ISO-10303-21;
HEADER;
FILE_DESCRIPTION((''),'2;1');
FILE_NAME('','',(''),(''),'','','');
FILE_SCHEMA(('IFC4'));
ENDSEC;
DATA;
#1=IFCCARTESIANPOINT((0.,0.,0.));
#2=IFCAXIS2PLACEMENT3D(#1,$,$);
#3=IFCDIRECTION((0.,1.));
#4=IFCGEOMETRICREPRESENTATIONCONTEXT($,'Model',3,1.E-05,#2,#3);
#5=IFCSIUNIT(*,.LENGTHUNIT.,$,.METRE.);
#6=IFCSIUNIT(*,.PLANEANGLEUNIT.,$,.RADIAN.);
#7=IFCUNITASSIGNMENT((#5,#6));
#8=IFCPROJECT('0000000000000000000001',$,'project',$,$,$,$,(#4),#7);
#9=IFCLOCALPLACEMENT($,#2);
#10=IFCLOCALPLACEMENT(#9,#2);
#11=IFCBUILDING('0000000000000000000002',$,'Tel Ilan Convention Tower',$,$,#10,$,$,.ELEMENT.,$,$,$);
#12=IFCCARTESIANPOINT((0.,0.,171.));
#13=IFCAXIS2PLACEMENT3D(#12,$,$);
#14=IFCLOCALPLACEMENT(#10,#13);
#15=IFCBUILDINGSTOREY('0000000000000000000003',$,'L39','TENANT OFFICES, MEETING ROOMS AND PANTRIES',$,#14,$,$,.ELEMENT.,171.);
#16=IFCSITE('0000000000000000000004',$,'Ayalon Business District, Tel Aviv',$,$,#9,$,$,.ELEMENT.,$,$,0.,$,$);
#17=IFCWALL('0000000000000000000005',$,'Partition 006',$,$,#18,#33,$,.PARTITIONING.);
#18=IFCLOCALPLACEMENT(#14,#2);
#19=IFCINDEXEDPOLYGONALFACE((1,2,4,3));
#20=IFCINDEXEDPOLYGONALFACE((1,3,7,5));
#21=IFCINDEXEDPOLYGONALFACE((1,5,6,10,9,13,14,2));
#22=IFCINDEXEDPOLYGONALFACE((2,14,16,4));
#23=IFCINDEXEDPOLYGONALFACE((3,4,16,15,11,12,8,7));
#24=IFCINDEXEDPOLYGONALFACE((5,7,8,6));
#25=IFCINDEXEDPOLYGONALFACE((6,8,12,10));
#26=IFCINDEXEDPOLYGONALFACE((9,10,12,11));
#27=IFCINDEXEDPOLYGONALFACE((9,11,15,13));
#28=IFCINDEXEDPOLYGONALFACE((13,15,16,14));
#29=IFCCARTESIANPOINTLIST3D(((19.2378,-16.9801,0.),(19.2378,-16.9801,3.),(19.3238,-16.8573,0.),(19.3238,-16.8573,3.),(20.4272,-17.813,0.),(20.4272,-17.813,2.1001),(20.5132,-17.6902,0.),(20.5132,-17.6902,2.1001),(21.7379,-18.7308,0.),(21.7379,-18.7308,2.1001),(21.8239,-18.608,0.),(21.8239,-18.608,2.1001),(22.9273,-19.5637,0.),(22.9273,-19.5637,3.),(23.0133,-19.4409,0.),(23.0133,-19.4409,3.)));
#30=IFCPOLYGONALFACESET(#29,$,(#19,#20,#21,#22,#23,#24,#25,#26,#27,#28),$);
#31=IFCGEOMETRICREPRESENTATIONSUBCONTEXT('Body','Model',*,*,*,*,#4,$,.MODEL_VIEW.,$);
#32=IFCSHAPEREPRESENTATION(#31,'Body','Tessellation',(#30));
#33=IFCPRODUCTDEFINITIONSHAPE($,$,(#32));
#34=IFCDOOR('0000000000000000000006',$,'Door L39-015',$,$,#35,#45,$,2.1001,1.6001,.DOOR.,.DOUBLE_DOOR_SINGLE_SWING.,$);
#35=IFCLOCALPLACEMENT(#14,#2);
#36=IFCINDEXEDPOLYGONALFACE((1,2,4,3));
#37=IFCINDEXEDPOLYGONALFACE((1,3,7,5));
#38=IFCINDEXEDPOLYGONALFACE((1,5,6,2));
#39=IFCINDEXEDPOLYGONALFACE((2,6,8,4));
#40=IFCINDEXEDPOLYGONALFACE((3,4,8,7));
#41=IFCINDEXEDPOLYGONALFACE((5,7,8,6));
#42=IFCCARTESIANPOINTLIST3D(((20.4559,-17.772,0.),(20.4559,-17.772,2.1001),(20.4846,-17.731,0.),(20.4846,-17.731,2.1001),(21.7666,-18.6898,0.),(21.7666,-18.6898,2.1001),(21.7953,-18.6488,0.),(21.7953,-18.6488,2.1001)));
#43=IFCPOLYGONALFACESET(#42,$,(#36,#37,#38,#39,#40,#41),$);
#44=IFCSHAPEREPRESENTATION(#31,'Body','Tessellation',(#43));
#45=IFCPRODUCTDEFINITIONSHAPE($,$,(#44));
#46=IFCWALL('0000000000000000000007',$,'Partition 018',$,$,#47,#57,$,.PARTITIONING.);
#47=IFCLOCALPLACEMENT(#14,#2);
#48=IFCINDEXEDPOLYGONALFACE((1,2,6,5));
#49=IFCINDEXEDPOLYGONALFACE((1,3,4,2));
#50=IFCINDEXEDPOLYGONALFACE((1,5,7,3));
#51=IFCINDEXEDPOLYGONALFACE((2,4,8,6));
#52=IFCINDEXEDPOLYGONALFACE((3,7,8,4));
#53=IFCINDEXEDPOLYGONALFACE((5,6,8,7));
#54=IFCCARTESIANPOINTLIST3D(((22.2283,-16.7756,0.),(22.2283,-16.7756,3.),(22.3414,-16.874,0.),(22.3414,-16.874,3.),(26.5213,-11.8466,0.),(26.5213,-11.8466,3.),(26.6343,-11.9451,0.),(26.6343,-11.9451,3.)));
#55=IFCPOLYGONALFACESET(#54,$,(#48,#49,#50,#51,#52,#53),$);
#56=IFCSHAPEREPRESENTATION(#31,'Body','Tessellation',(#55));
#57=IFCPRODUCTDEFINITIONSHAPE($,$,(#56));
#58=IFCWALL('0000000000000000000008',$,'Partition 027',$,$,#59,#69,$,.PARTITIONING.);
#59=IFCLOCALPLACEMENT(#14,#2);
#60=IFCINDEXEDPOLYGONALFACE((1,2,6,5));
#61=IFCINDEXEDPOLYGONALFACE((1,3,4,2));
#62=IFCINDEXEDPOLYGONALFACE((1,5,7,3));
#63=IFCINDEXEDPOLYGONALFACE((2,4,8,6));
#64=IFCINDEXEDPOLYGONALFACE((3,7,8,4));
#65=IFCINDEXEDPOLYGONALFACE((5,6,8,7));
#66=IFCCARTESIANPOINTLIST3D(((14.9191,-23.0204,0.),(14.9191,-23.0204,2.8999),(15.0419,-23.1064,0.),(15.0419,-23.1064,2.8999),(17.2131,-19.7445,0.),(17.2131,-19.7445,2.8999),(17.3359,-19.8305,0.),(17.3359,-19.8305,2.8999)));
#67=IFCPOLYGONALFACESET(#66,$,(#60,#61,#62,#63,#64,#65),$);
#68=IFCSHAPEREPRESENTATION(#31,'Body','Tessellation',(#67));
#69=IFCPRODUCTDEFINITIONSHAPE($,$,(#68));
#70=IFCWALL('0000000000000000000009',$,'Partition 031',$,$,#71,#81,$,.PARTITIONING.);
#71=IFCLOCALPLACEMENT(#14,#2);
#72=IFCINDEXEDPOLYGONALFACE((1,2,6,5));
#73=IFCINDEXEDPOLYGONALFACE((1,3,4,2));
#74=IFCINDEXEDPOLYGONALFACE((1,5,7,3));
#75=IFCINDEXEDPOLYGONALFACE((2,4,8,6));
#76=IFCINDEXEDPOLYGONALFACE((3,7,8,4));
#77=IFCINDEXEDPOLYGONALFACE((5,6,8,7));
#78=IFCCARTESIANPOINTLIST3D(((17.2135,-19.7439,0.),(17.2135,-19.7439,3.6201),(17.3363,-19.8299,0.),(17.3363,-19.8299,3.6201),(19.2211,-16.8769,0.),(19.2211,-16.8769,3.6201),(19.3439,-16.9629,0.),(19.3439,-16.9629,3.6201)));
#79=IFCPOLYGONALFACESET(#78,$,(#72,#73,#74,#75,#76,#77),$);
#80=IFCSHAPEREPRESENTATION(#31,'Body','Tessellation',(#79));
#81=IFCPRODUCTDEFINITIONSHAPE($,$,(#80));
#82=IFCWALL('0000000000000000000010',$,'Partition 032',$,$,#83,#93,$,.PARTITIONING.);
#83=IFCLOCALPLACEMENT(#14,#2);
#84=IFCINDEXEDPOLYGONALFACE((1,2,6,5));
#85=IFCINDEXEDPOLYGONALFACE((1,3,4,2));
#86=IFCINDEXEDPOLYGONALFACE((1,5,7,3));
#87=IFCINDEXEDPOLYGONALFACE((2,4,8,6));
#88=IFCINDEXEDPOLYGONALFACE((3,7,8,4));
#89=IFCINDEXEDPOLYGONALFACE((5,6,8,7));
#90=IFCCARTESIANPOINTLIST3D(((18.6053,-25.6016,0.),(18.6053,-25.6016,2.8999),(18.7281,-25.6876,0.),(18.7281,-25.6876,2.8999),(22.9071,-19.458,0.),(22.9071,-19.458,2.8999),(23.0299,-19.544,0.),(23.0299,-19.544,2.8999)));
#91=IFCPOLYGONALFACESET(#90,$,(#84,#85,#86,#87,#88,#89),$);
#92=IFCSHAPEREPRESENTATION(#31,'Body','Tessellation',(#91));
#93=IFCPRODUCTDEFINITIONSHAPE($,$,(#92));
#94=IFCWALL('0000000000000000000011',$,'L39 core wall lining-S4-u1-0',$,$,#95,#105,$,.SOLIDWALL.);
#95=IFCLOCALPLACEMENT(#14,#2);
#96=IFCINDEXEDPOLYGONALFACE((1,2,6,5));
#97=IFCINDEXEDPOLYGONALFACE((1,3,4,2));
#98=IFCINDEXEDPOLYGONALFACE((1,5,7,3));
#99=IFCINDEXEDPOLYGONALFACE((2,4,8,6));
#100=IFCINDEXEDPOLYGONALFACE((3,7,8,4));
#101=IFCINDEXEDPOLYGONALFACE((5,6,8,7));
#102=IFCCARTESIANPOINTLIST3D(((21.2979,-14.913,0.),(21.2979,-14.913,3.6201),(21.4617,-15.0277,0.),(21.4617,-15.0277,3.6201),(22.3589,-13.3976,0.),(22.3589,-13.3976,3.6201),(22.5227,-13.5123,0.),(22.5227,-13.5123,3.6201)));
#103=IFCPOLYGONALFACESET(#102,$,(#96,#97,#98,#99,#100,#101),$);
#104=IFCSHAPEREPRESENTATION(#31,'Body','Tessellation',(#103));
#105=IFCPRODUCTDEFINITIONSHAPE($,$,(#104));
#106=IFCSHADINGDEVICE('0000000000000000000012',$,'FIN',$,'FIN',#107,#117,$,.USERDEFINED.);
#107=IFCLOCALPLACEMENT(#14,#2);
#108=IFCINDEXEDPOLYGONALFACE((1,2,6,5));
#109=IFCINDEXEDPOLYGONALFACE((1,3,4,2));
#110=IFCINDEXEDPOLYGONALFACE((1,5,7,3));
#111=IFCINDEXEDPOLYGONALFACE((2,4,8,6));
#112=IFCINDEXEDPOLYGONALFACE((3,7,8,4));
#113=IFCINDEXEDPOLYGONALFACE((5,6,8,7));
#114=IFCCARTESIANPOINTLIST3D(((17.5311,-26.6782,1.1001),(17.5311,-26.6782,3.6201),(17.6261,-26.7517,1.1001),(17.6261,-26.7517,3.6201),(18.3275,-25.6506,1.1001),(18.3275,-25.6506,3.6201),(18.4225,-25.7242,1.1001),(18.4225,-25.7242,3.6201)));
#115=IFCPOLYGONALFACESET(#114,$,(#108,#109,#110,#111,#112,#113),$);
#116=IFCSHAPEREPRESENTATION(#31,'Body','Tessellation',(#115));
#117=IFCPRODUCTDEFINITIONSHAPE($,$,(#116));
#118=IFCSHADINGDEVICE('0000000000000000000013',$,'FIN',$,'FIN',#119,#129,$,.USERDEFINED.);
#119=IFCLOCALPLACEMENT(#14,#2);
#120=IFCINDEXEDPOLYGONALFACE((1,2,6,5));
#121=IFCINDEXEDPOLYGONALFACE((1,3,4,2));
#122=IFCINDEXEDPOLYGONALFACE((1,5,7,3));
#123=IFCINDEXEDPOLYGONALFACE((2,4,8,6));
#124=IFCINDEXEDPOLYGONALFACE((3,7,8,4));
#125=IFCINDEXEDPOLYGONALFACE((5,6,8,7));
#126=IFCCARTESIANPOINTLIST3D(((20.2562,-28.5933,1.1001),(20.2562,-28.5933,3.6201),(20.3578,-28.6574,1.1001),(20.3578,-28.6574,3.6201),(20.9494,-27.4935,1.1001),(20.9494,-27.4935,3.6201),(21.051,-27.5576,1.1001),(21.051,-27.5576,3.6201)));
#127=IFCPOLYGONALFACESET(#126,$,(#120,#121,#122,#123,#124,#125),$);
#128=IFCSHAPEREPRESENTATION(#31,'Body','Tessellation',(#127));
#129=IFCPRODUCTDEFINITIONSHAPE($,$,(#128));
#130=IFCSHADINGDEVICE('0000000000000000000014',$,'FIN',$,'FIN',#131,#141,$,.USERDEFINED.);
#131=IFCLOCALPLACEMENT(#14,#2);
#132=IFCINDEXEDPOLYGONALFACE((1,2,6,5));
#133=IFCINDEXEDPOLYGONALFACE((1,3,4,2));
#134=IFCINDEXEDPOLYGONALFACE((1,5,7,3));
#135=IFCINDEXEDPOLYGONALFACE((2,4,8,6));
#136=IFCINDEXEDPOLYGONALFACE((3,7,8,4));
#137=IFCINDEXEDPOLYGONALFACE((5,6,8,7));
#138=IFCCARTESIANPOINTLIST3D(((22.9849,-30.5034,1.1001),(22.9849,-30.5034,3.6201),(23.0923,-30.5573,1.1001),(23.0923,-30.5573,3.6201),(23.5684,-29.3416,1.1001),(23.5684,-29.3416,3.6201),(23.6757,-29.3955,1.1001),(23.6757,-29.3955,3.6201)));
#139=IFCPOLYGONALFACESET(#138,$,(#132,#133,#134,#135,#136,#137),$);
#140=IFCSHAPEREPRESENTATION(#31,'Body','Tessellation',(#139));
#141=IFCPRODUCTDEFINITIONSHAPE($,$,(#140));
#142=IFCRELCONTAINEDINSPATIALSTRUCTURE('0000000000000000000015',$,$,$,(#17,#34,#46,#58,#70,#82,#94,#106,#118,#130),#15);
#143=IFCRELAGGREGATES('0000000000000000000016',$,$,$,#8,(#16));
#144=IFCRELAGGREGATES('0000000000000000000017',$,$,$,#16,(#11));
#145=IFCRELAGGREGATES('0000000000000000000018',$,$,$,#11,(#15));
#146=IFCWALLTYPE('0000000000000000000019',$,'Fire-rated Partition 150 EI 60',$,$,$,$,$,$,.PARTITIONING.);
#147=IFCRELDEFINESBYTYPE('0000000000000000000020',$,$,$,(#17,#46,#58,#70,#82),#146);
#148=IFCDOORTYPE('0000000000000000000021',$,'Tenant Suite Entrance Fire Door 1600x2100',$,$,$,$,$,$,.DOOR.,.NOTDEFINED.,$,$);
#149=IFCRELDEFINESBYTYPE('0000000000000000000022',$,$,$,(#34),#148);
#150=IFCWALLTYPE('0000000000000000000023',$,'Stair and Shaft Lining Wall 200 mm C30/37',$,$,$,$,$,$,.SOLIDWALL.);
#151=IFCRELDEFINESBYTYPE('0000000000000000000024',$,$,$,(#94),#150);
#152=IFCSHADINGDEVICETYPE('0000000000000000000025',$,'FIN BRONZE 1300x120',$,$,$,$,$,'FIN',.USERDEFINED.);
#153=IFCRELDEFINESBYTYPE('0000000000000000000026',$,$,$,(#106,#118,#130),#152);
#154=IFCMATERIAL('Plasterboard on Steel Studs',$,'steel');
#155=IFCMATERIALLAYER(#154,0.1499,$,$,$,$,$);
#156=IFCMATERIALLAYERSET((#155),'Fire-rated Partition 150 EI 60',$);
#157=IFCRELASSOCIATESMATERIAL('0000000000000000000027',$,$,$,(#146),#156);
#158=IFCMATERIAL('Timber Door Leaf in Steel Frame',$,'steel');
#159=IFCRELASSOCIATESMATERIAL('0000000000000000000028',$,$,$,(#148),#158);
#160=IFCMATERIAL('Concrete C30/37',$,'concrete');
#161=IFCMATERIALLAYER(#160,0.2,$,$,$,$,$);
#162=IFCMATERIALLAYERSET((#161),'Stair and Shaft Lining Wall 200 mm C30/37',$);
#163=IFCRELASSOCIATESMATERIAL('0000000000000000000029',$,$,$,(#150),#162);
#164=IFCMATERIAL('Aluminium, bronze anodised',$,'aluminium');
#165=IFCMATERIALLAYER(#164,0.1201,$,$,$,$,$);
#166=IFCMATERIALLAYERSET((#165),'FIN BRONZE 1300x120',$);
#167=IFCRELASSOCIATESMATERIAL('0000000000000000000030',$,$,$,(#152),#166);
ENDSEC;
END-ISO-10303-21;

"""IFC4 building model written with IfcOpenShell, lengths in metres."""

from ifc_helpers import new_model, si_unit, direction, frame, frame_2d, origin, origin_2d, place, context, subcontext, project, spatial, rectangle, extrude, material, layer, layer_set, type_object, element, fill, save


model = new_model("IFC4")

# Units and contexts
model_context = context("Model", 3, precision=1e-05, world=origin(), true_north=direction((0.0, 1.0)))
body_context = subcontext(model_context, "Body", "Model", "MODEL_VIEW")
ifc_project = project(units=[si_unit("LENGTHUNIT", "METRE"), si_unit("PLANEANGLEUNIT", "RADIAN")], contexts=[model_context])

# Site, building, storey
site_placement = place(None, origin())
site = spatial("IfcSite", under=ifc_project, at=site_placement, Name="Ayalon Business District, Tel Aviv", CompositionType="ELEMENT", RefElevation=0.0)
building_placement = place(site_placement, origin())
building = spatial("IfcBuilding", under=site, at=building_placement, Name="Tel Ilan Convention Tower", CompositionType="ELEMENT")
storey_placement = place(building_placement, frame((0.0, 0.0, 171.0)))
storey = spatial("IfcBuildingStorey", under=building, at=storey_placement, Name="L39", Description="TENANT OFFICES, MEETING ROOMS AND PANTRIES", CompositionType="ELEMENT", Elevation=171.0)

# Wall, opening, door
ifc_material_1 = material(Name="Plasterboard on Steel Studs", Category="steel")
ifc_layer_1 = layer(ifc_material_1, 0.1499)
ifc_layer_set_1 = layer_set([ifc_layer_1], Name="Fire-rated Partition 150 EI 60")
wall_type_1 = type_object("IfcWallType", Name="Fire-rated Partition 150 EI 60", PredefinedType="PARTITIONING", material=ifc_layer_set_1)
ifc_material_2 = material(Name="Timber Door Leaf in Steel Frame", Category="steel")
door_type_1 = type_object("IfcDoorType", Name="Tenant Suite Entrance Fire Door 1600x2100", OperationType="NOTDEFINED", PredefinedType="DOOR", material=ifc_material_2)
wall_1_placement = place(storey_placement, frame((22.9702, -19.5022, 0.0), z_axis=(0.0, 0.0, 1.0), x_axis=(-0.81914, 0.573593, 0.0)))
wall_1 = element("IfcWall", 1, at=wall_1_placement, inside=storey, type_object=wall_type_1, Name="Partition 006", PredefinedType="PARTITIONING", context=body_context, shape_type="SweptSolid", body=[
    extrude(rectangle(XDim=4.5042, YDim=0.1499, at=frame_2d((2.252, 0.0))), origin(), (0.0, 0.0, 1.0), 3.0),
])
opening_1_placement = place(wall_1_placement, frame((1.4519, 0.0, 0.0)))
opening_1 = element("IfcOpeningElement", 2, at=opening_1_placement, cuts=wall_1, PredefinedType="OPENING", context=body_context, shape_type="SweptSolid", body=[
    extrude(rectangle(XDim=1.6001, YDim=2.1001, at=frame_2d((0.8, 1.05))), frame((0.0, 0.085, 0.0), z_axis=(0.0, -1.0, 0.0), x_axis=(1.0, 0.0, 0.0)), (0.0, 0.0, 1.0), 0.1699),
])
door_1_placement = place(opening_1_placement, origin())
door_1 = element("IfcDoor", 3, at=door_1_placement, inside=storey, type_object=door_type_1, Name="Door L39-015", OperationType="DOUBLE_DOOR_SINGLE_SWING", OverallHeight=2.1001, OverallWidth=1.6001, PredefinedType="DOOR", context=body_context, shape_type="SweptSolid", body=[
    extrude(rectangle(XDim=1.6001, YDim=2.1001, at=frame_2d((0.8, 1.05))), frame((0.0, 0.0249, 0.0), z_axis=(0.0, -1.0, 0.0), x_axis=(1.0, 0.0, 0.0)), (0.0, 0.0, 1.0), 0.05),
])
fill(opening_1, door_1)

# Walls
wall_2_placement = place(storey_placement, frame((22.2849, -16.8247, 0.0), z_axis=(0.0, 0.0, 1.0), x_axis=(0.656781, 0.754081, 0.0)))
element("IfcWall", 4, at=wall_2_placement, inside=storey, type_object=wall_type_1, Name="Partition 018", PredefinedType="PARTITIONING", context=body_context, shape_type="SweptSolid", body=[
    extrude(rectangle(XDim=6.5364, YDim=0.1499, at=frame_2d((3.2681, 0.0))), origin(), (0.0, 0.0, 1.0), 3.0),
])
wall_3_placement = place(storey_placement, frame((17.2744, -19.7876, 0.0), z_axis=(0.0, 0.0, 1.0), x_axis=(-0.573602, -0.819134, 0.0)))
element("IfcWall", 5, at=wall_3_placement, inside=storey, type_object=wall_type_1, Name="Partition 027", PredefinedType="PARTITIONING", context=body_context, shape_type="SweptSolid", body=[
    extrude(rectangle(XDim=3.9993, YDim=0.1499, at=frame_2d((1.9995, 0.0))), origin(), (0.0, 0.0, 1.0), 2.8999),
])
wall_4_placement = place(storey_placement, frame((19.2825, -16.9199, 0.0), z_axis=(0.0, 0.0, 1.0), x_axis=(-0.573598, -0.819137, 0.0)))
element("IfcWall", 6, at=wall_4_placement, inside=storey, type_object=wall_type_1, Name="Partition 031", PredefinedType="PARTITIONING", context=body_context, shape_type="SweptSolid", body=[
    extrude(rectangle(XDim=3.5, YDim=0.1499, at=frame_2d((1.75, 0.0))), origin(), (0.0, 0.0, 1.0), 3.6201),
])
wall_5_placement = place(storey_placement, frame((22.9685, -19.501, 0.0), z_axis=(0.0, 0.0, 1.0), x_axis=(-0.573576, -0.819152, 0.0)))
element("IfcWall", 7, at=wall_5_placement, inside=storey, type_object=wall_type_1, Name="Partition 032", PredefinedType="PARTITIONING", context=body_context, shape_type="SweptSolid", body=[
    extrude(rectangle(XDim=7.5, YDim=0.1499, at=frame_2d((3.75, 0.0))), origin(), (0.0, 0.0, 1.0), 2.8999),
])
ifc_material_3 = material(Name="Concrete C30/37", Category="concrete")
ifc_layer_2 = layer(ifc_material_3, 0.2)
ifc_layer_set_2 = layer_set([ifc_layer_2], Name="Stair and Shaft Lining Wall 200 mm C30/37")
wall_type_2 = type_object("IfcWallType", Name="Stair and Shaft Lining Wall 200 mm C30/37", PredefinedType="SOLIDWALL", material=ifc_layer_set_2)
wall_6_placement = place(storey_placement, frame((21.3799, -14.9702, 0.0), z_axis=(0.0, 0.0, 1.0), x_axis=(0.57356, 0.819164, 0.0)))
element("IfcWall", 8, at=wall_6_placement, inside=storey, type_object=wall_type_2, Name="L39 core wall lining-S4-u1-0", PredefinedType="SOLIDWALL", context=body_context, shape_type="SweptSolid", body=[
    extrude(rectangle(XDim=1.8499, YDim=0.2, at=frame_2d((0.9248, 0.0))), origin(), (0.0, 0.0, 1.0), 3.6201),
])

# Shading devices
ifc_material_4 = material(Name="Aluminium, bronze anodised", Category="aluminium")
ifc_layer_3 = layer(ifc_material_4, 0.1201)
ifc_layer_set_3 = layer_set([ifc_layer_3], Name="FIN BRONZE 1300x120")
shading_device_type = type_object("IfcShadingDeviceType", Name="FIN BRONZE 1300x120", ElementType="FIN", PredefinedType="USERDEFINED", material=ifc_layer_set_3)
for number, where, z_axis, x_axis, name in (
    (9, (17.9768, -26.2012, 1.1001), (0.0, 0.0, 1.0), (-0.612601, -0.790393, 0.0), "FIN"),
    (10, (20.6536, -28.0754, 1.1001), (0.0, 0.0, 1.0), (-0.533204, -0.845986, 0.0), "FIN"),
    (11, (23.3303, -29.9495, 1.1001), (0.0, 0.0, 1.0), (-0.448799, -0.893633, 0.0), "FIN"),
):
    element("IfcShadingDevice", number, at=place(storey_placement, frame(where, z_axis=z_axis, x_axis=x_axis)), inside=storey, type_object=shading_device_type, Name=name, ObjectType="FIN", PredefinedType="USERDEFINED", context=body_context, shape_type="SweptSolid", body=[
        extrude(rectangle(XDim=1.3, YDim=0.1201, at=origin_2d()), origin(), (0.0, 0.0, 1.0), 2.52),
    ])

save(model, "model.ifc")
